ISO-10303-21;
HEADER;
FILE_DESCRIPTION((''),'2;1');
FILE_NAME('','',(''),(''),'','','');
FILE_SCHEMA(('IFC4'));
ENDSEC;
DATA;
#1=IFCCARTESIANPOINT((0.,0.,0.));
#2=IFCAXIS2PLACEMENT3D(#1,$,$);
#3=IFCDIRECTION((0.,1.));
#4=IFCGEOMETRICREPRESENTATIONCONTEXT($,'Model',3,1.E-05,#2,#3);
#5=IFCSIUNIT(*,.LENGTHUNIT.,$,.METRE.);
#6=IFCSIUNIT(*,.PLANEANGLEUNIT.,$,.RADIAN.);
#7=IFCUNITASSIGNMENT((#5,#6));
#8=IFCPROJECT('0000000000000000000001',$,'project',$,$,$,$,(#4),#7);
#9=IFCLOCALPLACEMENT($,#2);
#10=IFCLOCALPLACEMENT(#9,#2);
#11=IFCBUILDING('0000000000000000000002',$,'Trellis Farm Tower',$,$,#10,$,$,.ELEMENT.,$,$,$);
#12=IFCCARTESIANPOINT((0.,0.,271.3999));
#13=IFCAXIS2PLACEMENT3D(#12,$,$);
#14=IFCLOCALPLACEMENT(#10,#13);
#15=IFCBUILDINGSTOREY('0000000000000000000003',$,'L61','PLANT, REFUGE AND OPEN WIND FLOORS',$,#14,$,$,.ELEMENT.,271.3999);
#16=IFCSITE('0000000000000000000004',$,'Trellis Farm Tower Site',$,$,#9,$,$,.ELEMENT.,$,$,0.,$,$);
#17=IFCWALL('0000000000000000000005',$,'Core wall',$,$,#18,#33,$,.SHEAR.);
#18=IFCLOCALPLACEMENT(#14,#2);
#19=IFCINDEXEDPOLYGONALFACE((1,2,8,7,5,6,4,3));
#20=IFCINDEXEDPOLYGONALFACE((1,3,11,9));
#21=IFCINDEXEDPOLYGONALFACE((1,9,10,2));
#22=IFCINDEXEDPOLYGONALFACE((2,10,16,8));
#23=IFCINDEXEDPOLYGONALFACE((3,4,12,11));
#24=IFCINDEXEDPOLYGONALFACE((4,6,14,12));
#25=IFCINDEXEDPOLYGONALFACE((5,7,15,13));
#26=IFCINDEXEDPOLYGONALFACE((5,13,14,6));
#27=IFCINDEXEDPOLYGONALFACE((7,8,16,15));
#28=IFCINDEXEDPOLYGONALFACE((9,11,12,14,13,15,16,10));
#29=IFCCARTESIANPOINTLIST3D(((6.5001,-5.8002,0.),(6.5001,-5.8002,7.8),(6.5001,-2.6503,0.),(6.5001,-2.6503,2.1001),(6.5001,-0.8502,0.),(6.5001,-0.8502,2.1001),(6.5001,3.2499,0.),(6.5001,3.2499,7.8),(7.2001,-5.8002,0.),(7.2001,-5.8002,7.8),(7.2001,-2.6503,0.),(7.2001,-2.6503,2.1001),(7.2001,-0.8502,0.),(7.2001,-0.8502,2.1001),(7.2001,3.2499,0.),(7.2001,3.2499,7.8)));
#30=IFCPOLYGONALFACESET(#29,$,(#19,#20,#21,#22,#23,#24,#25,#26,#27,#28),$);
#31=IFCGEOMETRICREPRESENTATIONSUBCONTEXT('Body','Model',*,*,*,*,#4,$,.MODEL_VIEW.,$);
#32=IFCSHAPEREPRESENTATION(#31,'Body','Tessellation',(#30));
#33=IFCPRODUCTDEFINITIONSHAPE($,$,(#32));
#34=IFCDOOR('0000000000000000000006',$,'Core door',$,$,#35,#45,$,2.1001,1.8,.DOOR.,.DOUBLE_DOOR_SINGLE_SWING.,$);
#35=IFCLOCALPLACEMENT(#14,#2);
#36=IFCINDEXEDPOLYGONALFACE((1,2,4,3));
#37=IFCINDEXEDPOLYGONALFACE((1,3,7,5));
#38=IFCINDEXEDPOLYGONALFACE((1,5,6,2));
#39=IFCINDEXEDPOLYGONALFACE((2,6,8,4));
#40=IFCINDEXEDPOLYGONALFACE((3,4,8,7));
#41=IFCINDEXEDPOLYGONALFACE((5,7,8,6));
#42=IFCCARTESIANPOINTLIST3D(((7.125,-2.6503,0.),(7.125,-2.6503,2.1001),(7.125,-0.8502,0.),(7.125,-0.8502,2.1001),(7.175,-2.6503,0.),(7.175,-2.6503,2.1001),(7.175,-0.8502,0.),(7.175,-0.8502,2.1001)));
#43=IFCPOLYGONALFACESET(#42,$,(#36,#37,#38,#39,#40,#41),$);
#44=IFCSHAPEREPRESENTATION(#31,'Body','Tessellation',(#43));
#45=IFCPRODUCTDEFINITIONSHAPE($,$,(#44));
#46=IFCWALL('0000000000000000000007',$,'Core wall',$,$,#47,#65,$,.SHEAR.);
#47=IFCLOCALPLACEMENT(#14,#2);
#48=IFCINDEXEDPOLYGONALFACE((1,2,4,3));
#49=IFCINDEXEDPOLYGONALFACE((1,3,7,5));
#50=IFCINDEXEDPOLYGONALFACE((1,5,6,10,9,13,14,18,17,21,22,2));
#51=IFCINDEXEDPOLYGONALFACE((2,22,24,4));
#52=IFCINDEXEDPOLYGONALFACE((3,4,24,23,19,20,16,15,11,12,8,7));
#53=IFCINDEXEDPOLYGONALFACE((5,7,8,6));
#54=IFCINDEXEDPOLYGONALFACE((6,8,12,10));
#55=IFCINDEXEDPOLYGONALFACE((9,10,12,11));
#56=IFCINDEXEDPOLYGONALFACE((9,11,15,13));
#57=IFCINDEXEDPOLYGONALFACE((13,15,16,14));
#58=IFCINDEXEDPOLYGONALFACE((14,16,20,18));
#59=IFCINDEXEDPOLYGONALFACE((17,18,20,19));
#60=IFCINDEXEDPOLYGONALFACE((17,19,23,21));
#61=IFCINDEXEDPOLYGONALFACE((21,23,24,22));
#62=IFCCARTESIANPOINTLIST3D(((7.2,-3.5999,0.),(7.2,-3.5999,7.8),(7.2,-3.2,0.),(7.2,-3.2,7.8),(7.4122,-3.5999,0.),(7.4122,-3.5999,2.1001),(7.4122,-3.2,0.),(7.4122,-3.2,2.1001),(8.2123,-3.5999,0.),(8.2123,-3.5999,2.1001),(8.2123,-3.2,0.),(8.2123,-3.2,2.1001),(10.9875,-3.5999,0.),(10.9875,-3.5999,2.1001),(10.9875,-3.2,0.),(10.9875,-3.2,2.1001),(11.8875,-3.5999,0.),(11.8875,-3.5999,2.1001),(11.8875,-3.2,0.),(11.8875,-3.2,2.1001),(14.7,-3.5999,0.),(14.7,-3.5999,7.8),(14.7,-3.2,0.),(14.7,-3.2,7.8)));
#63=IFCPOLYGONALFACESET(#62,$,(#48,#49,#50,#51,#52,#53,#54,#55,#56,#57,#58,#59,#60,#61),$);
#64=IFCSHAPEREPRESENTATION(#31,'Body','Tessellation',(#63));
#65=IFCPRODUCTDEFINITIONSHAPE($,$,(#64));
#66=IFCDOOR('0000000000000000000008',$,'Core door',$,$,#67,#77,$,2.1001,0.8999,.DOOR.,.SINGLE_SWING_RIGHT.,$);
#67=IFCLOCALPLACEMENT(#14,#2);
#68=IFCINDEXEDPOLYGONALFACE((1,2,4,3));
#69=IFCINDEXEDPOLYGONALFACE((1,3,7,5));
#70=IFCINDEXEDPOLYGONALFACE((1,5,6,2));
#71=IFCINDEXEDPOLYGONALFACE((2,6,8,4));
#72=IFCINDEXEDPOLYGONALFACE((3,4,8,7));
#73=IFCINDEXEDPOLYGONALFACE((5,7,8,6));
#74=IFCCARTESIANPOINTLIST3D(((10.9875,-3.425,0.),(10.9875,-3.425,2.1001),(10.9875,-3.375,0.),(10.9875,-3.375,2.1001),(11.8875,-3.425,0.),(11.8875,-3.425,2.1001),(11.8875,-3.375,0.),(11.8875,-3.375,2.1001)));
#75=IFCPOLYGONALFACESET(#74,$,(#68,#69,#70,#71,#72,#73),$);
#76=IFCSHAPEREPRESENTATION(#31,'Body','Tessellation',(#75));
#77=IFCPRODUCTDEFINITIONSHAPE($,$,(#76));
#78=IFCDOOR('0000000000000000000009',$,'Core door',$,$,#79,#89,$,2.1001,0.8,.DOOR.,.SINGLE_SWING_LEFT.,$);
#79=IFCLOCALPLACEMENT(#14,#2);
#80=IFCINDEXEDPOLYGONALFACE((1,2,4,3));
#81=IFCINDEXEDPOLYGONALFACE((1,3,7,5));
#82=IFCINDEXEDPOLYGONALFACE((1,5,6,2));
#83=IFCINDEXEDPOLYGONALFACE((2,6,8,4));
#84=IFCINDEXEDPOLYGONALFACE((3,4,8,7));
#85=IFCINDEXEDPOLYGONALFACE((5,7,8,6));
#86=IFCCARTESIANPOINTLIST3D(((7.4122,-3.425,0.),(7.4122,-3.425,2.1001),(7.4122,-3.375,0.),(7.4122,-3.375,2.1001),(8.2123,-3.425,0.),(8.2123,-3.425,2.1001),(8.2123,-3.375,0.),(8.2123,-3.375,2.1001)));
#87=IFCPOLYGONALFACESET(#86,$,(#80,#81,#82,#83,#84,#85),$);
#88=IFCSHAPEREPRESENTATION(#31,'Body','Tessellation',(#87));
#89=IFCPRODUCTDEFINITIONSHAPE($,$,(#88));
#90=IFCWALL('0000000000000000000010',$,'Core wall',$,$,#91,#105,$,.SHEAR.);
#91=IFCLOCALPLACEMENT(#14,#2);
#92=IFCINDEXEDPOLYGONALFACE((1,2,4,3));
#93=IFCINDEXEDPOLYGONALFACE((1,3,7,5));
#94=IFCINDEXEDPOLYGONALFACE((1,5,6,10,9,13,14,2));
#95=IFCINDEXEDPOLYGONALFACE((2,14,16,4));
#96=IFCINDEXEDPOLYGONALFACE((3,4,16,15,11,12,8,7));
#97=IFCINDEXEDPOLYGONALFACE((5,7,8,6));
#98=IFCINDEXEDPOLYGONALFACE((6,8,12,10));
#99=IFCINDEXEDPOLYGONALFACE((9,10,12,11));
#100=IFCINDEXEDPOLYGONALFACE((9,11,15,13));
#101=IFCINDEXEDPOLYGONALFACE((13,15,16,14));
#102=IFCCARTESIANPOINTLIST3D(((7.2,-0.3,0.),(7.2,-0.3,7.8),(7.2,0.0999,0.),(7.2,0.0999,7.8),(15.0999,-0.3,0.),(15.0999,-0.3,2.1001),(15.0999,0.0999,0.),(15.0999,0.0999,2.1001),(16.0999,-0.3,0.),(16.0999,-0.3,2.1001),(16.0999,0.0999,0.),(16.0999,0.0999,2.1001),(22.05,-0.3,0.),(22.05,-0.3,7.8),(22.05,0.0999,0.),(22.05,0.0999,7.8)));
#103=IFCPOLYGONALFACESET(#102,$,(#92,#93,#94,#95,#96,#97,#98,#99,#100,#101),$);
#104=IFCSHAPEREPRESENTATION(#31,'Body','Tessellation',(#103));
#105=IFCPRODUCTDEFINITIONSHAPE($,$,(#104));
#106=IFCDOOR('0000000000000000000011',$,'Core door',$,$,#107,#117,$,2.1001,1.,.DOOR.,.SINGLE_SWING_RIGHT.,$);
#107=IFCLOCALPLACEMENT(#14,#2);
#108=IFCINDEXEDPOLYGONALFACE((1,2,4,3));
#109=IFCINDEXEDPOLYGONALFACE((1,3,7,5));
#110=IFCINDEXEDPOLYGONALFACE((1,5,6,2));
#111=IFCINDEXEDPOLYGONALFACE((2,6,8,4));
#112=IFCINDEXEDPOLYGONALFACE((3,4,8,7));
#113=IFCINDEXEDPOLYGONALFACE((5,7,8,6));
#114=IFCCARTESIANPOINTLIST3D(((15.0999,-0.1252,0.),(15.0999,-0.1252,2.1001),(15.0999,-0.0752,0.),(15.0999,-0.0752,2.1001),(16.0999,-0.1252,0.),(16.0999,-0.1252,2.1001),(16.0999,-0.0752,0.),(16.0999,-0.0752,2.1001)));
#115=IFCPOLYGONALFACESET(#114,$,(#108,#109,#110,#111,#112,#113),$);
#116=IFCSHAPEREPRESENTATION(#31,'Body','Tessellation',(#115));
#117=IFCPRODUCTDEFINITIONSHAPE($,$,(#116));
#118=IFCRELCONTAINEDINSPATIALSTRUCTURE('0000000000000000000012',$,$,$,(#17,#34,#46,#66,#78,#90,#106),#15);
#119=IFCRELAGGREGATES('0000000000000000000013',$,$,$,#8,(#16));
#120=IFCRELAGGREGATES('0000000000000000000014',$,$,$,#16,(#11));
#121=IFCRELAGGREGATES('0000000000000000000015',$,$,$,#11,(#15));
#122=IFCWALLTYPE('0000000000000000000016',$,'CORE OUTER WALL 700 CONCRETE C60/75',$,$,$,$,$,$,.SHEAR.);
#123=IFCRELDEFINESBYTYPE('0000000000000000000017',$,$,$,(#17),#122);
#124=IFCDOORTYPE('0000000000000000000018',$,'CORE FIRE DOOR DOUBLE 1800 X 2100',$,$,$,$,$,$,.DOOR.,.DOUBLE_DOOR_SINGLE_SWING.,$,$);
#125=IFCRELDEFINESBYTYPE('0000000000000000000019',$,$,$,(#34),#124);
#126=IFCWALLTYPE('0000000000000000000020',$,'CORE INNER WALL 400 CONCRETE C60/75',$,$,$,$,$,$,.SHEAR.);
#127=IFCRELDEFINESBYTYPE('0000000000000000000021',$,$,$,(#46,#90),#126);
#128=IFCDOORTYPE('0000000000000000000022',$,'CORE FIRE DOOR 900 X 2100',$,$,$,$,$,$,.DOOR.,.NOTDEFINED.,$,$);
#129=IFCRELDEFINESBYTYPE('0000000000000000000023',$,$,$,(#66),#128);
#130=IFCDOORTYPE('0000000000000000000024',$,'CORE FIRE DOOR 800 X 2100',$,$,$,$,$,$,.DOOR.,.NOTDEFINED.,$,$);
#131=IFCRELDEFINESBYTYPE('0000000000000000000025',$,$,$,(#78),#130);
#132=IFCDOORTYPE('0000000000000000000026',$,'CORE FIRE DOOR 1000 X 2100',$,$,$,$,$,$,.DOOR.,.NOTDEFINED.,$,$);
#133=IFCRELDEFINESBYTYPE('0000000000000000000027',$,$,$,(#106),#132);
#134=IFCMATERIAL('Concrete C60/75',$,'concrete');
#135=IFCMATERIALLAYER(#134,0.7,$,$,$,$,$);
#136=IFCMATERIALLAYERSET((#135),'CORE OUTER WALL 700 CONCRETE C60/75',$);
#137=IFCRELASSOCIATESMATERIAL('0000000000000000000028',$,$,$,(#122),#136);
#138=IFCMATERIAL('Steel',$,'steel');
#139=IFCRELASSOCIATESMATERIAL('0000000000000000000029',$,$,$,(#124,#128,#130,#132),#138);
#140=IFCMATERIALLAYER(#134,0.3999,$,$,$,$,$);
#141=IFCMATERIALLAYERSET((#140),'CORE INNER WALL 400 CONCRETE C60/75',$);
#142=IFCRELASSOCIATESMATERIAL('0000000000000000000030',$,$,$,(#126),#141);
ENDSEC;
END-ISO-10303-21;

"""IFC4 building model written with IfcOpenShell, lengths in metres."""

from ifc_helpers import new_model, si_unit, direction, frame, frame_2d, origin, place, context, subcontext, project, spatial, rectangle, extrude, source, transform, mapped, material, layer, layer_set, type_object, element, fill, save


model = new_model("IFC4")

# Units and contexts
model_context = context("Model", 3, precision=1e-05, world=origin(), true_north=direction((0.0, 1.0)))
body_context = subcontext(model_context, "Body", "Model", "MODEL_VIEW")
ifc_project = project(units=[si_unit("LENGTHUNIT", "METRE"), si_unit("PLANEANGLEUNIT", "RADIAN")], contexts=[model_context])

# Site, building, storey
site_placement = place(None, origin())
site = spatial("IfcSite", under=ifc_project, at=site_placement, Name="Trellis Farm Tower Site", CompositionType="ELEMENT", RefElevation=0.0)
building_placement = place(site_placement, origin())
building = spatial("IfcBuilding", under=site, at=building_placement, Name="Trellis Farm Tower", CompositionType="ELEMENT")
storey_placement = place(building_placement, frame((0.0, 0.0, 271.3999)))
storey = spatial("IfcBuildingStorey", under=building, at=storey_placement, Name="L61", Description="PLANT, REFUGE AND OPEN WIND FLOORS", CompositionType="ELEMENT", Elevation=271.3999)

# Wall, opening, door
ifc_material_1 = material(Name="Concrete C60/75", Category="concrete")
ifc_layer_1 = layer(ifc_material_1, 0.7)
ifc_layer_set_1 = layer_set([ifc_layer_1], Name="CORE OUTER WALL 700 CONCRETE C60/75")
wall_type_1 = type_object("IfcWallType", Name="CORE OUTER WALL 700 CONCRETE C60/75", PredefinedType="SHEAR", material=ifc_layer_set_1)
shared_shape_1 = source(origin(), body_context, "Body", "SweptSolid", [
    extrude(rectangle(XDim=9.05, YDim=0.7, at=frame_2d((4.5249, 0.0))), origin(), (0.0, 0.0, 1.0), 7.8),
])
wall_1_placement = place(storey_placement, frame((6.8501, -5.8, 0.0), z_axis=(0.0, 0.0, 1.0), x_axis=(0.0, 1.0, 0.0)))
wall_1 = element("IfcWall", 1, at=wall_1_placement, inside=storey, type_object=wall_type_1, Name="Core wall", PredefinedType="SHEAR", context=body_context, shape_type="MappedRepresentation", body=[
    mapped(shared_shape_1, transform((0.0, 0.0, 0.0))),
])
shared_shape_2 = source(origin(), body_context, "Body", "SweptSolid", [
    extrude(rectangle(XDim=1.8, YDim=2.1001, at=frame_2d((0.8999, 1.05))), frame((0.0, 0.3601, 0.0), z_axis=(0.0, -1.0, 0.0), x_axis=(1.0, 0.0, 0.0)), (0.0, 0.0, 1.0), 0.7202),
])
opening_1_placement = place(wall_1_placement, frame((3.1499, 0.0, 0.0)))
opening_1 = element("IfcOpeningElement", 2, at=opening_1_placement, cuts=wall_1, PredefinedType="OPENING", context=body_context, shape_type="MappedRepresentation", body=[
    mapped(shared_shape_2, transform((0.0, 0.0, 0.0))),
])
ifc_material_2 = material(Name="Steel", Category="steel")
door_type_1 = type_object("IfcDoorType", Name="CORE FIRE DOOR DOUBLE 1800 X 2100", OperationType="DOUBLE_DOOR_SINGLE_SWING", PredefinedType="DOOR", material=ifc_material_2)
shared_shape_3 = source(origin(), body_context, "Body", "SweptSolid", [
    extrude(rectangle(XDim=1.8, YDim=2.1001, at=frame_2d((0.8999, 1.05))), frame((0.0, -0.2749, 0.0), z_axis=(0.0, -1.0, 0.0), x_axis=(1.0, 0.0, 0.0)), (0.0, 0.0, 1.0), 0.05),
])
door_1_placement = place(opening_1_placement, origin())
door_1 = element("IfcDoor", 3, at=door_1_placement, inside=storey, type_object=door_type_1, Name="Core door", OperationType="DOUBLE_DOOR_SINGLE_SWING", OverallHeight=2.1001, OverallWidth=1.8, PredefinedType="DOOR", context=body_context, shape_type="MappedRepresentation", body=[
    mapped(shared_shape_3, transform((0.0, 0.0, 0.0))),
])
fill(opening_1, door_1)

# Wall, openings, doors
ifc_layer_2 = layer(ifc_material_1, 0.3999)
ifc_layer_set_2 = layer_set([ifc_layer_2], Name="CORE INNER WALL 400 CONCRETE C60/75")
wall_type_2 = type_object("IfcWallType", Name="CORE INNER WALL 400 CONCRETE C60/75", PredefinedType="SHEAR", material=ifc_layer_set_2)
shared_shape_4 = source(origin(), body_context, "Body", "SweptSolid", [
    extrude(rectangle(XDim=7.5, YDim=0.3999, at=frame_2d((3.75, 0.0))), origin(), (0.0, 0.0, 1.0), 7.8),
])
wall_2_placement = place(storey_placement, frame((7.2, -3.3999, 0.0), z_axis=(0.0, 0.0, 1.0), x_axis=(1.0, 0.0, 0.0)))
wall_2 = element("IfcWall", 4, at=wall_2_placement, inside=storey, type_object=wall_type_2, Name="Core wall", PredefinedType="SHEAR", context=body_context, shape_type="MappedRepresentation", body=[
    mapped(shared_shape_4, transform((0.0, 0.0, 0.0))),
])
shared_shape_5 = source(origin(), body_context, "Body", "SweptSolid", [
    extrude(rectangle(XDim=0.8, YDim=2.1001, at=frame_2d((0.3999, 1.05))), frame((0.0, 0.21, 0.0), z_axis=(0.0, -1.0, 0.0), x_axis=(1.0, 0.0, 0.0)), (0.0, 0.0, 1.0), 0.4199),
])
opening_2_placement = place(wall_2_placement, frame((0.2124, 0.0, 0.0)))
opening_2 = element("IfcOpeningElement", 5, at=opening_2_placement, cuts=wall_2, PredefinedType="OPENING", context=body_context, shape_type="MappedRepresentation", body=[
    mapped(shared_shape_5, transform((0.0, 0.0, 0.0))),
])
shared_shape_6 = source(origin(), body_context, "Body", "SweptSolid", [
    extrude(rectangle(XDim=0.8999, YDim=2.1001, at=frame_2d((0.45, 1.05))), frame((0.0, 0.21, 0.0), z_axis=(0.0, -1.0, 0.0), x_axis=(1.0, 0.0, 0.0)), (0.0, 0.0, 1.0), 0.4199),
])
opening_3_placement = place(wall_2_placement, frame((3.7876, 0.0, 0.0)))
opening_3 = element("IfcOpeningElement", 6, at=opening_3_placement, cuts=wall_2, PredefinedType="OPENING", context=body_context, shape_type="MappedRepresentation", body=[
    mapped(shared_shape_6, transform((0.0, 0.0, 0.0))),
])
door_type_2 = type_object("IfcDoorType", Name="CORE FIRE DOOR 900 X 2100", OperationType="NOTDEFINED", PredefinedType="DOOR", material=ifc_material_2)
shared_shape_7 = source(origin(), body_context, "Body", "SweptSolid", [
    extrude(rectangle(XDim=0.8999, YDim=2.1001, at=frame_2d((0.45, 1.05))), frame((0.0, 0.0249, 0.0), z_axis=(0.0, -1.0, 0.0), x_axis=(1.0, 0.0, 0.0)), (0.0, 0.0, 1.0), 0.05),
])
door_2_placement = place(opening_3_placement, origin())
door_2 = element("IfcDoor", 7, at=door_2_placement, inside=storey, type_object=door_type_2, Name="Core door", OperationType="SINGLE_SWING_RIGHT", OverallHeight=2.1001, OverallWidth=0.8999, PredefinedType="DOOR", context=body_context, shape_type="MappedRepresentation", body=[
    mapped(shared_shape_7, transform((0.0, 0.0, 0.0))),
])
fill(opening_3, door_2)
door_type_3 = type_object("IfcDoorType", Name="CORE FIRE DOOR 800 X 2100", OperationType="NOTDEFINED", PredefinedType="DOOR", material=ifc_material_2)
shared_shape_8 = source(origin(), body_context, "Body", "SweptSolid", [
    extrude(rectangle(XDim=0.8, YDim=2.1001, at=frame_2d((0.3999, 1.05))), frame((0.0, 0.0249, 0.0), z_axis=(0.0, -1.0, 0.0), x_axis=(1.0, 0.0, 0.0)), (0.0, 0.0, 1.0), 0.05),
])
door_3_placement = place(opening_2_placement, origin())
door_3 = element("IfcDoor", 8, at=door_3_placement, inside=storey, type_object=door_type_3, Name="Core door", OperationType="SINGLE_SWING_LEFT", OverallHeight=2.1001, OverallWidth=0.8, PredefinedType="DOOR", context=body_context, shape_type="MappedRepresentation", body=[
    mapped(shared_shape_8, transform((0.0, 0.0, 0.0))),
])
fill(opening_2, door_3)

# Wall, opening, door
shared_shape_9 = source(origin(), body_context, "Body", "SweptSolid", [
    extrude(rectangle(XDim=14.8501, YDim=0.3999, at=frame_2d((7.425, 0.0))), origin(), (0.0, 0.0, 1.0), 7.8),
])
wall_3_placement = place(storey_placement, frame((7.2, -0.1001, 0.0), z_axis=(0.0, 0.0, 1.0), x_axis=(1.0, 0.0, 0.0)))
wall_3 = element("IfcWall", 9, at=wall_3_placement, inside=storey, type_object=wall_type_2, Name="Core wall", PredefinedType="SHEAR", context=body_context, shape_type="MappedRepresentation", body=[
    mapped(shared_shape_9, transform((0.0, 0.0, 0.0))),
])
shared_shape_10 = source(origin(), body_context, "Body", "SweptSolid", [
    extrude(rectangle(XDim=1.0, YDim=2.1001, at=frame_2d((0.5, 1.05))), frame((0.0, 0.21, 0.0), z_axis=(0.0, -1.0, 0.0), x_axis=(1.0, 0.0, 0.0)), (0.0, 0.0, 1.0), 0.4199),
])
opening_4_placement = place(wall_3_placement, frame((7.8999, 0.0, 0.0)))
opening_4 = element("IfcOpeningElement", 10, at=opening_4_placement, cuts=wall_3, PredefinedType="OPENING", context=body_context, shape_type="MappedRepresentation", body=[
    mapped(shared_shape_10, transform((0.0, 0.0, 0.0))),
])
door_type_4 = type_object("IfcDoorType", Name="CORE FIRE DOOR 1000 X 2100", OperationType="NOTDEFINED", PredefinedType="DOOR", material=ifc_material_2)
shared_shape_11 = source(origin(), body_context, "Body", "SweptSolid", [
    extrude(rectangle(XDim=1.0, YDim=2.1001, at=frame_2d((0.5, 1.05))), frame((0.0, 0.0249, 0.0), z_axis=(0.0, -1.0, 0.0), x_axis=(1.0, 0.0, 0.0)), (0.0, 0.0, 1.0), 0.05),
])
door_4_placement = place(opening_4_placement, origin())
door_4 = element("IfcDoor", 11, at=door_4_placement, inside=storey, type_object=door_type_4, Name="Core door", OperationType="SINGLE_SWING_RIGHT", OverallHeight=2.1001, OverallWidth=1.0, PredefinedType="DOOR", context=body_context, shape_type="MappedRepresentation", body=[
    mapped(shared_shape_11, transform((0.0, 0.0, 0.0))),
])
fill(opening_4, door_4)

save(model, "model.ifc")
